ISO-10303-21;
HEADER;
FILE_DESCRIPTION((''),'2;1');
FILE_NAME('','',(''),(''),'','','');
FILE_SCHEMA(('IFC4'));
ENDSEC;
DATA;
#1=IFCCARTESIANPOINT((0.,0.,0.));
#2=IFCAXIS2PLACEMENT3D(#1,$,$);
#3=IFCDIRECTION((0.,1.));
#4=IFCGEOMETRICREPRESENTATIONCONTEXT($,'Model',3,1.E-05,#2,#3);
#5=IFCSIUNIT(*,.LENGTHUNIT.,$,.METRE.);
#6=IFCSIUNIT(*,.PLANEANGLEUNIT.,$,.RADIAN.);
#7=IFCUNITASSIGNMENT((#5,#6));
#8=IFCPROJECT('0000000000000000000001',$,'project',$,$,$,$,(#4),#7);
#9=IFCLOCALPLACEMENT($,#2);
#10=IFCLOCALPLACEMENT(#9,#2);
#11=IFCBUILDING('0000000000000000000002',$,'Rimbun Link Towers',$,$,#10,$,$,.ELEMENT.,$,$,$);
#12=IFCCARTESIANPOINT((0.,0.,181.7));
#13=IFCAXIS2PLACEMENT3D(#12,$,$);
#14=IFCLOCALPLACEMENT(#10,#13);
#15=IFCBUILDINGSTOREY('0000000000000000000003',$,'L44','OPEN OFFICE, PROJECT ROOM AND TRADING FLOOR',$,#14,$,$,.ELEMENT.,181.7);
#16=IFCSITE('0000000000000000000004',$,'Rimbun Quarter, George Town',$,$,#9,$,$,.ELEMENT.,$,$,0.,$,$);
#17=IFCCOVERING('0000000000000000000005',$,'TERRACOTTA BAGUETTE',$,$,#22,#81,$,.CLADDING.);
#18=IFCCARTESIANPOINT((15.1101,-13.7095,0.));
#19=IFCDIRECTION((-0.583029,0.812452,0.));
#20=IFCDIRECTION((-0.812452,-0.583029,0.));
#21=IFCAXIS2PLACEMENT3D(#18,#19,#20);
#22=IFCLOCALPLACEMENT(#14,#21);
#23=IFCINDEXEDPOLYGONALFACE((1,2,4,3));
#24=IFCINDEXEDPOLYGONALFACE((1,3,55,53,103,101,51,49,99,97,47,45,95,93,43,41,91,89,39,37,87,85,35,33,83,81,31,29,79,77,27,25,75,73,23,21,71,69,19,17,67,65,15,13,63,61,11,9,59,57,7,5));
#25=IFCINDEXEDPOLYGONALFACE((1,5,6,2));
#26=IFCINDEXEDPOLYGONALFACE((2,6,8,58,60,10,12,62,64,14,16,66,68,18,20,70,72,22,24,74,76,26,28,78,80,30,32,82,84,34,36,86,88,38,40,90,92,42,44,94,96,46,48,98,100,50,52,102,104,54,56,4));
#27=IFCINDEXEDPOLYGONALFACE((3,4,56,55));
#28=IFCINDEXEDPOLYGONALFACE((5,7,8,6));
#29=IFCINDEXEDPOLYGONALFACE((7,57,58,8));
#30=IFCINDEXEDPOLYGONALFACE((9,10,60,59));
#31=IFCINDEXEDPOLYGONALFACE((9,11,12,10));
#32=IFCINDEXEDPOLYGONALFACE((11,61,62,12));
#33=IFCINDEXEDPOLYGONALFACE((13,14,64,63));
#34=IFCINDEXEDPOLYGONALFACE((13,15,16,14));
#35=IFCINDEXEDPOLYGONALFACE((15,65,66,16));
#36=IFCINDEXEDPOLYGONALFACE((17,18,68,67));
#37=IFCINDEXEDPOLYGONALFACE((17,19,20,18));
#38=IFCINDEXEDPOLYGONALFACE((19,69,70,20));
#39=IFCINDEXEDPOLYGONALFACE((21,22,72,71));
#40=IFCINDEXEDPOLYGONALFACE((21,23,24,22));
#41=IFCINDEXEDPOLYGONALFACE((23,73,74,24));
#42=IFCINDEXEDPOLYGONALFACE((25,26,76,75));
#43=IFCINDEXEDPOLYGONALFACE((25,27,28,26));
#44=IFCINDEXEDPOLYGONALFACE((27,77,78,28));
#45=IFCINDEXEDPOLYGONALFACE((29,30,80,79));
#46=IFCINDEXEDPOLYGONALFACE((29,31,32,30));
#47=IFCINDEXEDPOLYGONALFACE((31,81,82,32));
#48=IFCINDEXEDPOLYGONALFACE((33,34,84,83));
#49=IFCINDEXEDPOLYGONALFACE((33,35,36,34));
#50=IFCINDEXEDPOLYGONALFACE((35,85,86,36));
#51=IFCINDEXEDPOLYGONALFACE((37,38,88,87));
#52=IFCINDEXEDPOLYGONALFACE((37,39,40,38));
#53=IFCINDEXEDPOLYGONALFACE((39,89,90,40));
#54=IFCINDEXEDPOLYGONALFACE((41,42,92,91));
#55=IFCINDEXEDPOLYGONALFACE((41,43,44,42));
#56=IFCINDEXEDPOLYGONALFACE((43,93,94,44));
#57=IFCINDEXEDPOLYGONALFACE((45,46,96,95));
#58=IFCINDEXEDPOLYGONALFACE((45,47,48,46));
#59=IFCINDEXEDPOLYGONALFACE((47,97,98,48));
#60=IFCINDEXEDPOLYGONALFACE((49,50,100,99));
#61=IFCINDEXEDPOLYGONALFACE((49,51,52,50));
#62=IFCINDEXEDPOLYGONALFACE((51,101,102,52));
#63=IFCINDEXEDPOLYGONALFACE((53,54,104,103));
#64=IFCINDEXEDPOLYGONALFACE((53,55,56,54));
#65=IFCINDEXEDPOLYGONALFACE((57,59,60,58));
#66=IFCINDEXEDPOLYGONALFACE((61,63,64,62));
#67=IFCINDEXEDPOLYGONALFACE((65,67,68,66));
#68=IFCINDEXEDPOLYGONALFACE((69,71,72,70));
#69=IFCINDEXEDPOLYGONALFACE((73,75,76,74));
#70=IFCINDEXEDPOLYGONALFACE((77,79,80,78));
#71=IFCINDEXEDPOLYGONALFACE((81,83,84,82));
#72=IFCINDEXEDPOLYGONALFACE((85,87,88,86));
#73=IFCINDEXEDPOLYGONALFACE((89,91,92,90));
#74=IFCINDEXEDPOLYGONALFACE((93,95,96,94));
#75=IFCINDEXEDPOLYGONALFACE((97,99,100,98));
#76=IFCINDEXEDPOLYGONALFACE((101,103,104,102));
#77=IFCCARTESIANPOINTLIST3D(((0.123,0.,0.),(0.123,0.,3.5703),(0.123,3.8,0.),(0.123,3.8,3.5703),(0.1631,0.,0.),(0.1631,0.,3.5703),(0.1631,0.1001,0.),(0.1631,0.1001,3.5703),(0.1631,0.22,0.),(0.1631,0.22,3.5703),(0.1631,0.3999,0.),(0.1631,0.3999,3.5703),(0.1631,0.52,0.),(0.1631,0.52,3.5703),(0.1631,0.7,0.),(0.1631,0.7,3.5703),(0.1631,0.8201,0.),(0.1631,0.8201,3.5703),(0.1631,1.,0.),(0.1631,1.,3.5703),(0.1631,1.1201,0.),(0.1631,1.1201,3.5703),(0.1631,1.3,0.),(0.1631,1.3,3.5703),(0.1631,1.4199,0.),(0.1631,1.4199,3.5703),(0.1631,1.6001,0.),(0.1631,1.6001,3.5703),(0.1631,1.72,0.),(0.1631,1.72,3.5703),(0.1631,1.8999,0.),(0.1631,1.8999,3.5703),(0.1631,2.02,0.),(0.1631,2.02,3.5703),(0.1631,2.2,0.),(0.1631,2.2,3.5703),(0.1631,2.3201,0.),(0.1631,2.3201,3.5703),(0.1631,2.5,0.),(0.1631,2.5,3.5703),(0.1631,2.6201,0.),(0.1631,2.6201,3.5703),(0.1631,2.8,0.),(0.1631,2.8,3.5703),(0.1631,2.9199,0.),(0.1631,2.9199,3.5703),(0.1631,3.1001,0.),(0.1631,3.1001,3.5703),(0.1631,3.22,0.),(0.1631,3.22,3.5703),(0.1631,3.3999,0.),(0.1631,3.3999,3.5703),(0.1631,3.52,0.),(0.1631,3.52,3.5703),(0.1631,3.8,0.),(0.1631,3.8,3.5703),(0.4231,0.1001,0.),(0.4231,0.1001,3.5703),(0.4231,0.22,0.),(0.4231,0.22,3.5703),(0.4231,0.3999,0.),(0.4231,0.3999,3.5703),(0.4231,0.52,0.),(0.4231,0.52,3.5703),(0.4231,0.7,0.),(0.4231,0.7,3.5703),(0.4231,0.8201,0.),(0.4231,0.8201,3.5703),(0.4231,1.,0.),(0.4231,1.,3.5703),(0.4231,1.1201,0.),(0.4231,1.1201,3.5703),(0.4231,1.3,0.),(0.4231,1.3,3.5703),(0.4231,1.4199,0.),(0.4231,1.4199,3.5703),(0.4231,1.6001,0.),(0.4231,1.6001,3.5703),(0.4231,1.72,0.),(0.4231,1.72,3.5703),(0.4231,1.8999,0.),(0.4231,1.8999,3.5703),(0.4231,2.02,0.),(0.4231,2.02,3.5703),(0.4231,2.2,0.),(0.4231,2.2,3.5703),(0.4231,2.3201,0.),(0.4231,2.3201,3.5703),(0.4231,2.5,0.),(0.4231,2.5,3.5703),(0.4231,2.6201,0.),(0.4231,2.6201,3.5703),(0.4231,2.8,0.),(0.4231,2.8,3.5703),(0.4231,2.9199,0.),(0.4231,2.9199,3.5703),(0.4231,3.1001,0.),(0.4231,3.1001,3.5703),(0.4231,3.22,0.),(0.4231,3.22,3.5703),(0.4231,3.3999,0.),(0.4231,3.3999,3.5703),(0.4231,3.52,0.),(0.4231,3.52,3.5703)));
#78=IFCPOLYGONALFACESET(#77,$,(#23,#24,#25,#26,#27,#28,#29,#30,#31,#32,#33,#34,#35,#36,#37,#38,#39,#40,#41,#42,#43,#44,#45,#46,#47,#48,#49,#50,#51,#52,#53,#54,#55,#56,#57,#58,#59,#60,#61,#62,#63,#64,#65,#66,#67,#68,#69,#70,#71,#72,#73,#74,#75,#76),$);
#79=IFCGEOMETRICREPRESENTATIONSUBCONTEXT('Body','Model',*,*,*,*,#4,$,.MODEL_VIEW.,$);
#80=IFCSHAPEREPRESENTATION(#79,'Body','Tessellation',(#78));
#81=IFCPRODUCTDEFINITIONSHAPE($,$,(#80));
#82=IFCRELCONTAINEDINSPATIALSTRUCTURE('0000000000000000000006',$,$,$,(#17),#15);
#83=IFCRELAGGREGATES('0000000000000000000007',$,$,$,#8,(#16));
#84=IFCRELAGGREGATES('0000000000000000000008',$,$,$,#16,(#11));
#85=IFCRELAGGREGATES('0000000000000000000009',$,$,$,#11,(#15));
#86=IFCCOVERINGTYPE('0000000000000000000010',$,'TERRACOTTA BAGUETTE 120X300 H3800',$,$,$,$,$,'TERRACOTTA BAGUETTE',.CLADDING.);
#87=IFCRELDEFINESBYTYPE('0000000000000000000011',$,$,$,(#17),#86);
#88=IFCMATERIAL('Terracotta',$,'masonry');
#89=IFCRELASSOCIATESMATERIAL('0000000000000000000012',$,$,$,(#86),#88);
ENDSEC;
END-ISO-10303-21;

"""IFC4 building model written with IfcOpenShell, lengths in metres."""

from ifc_helpers import new_model, si_unit, direction, frame, origin, place, context, subcontext, project, spatial, polyline, outline, extrude, material, material_profile, profile_set, type_object, element, save


model = new_model("IFC4")

# Units and contexts
model_context = context("Model", 3, precision=1e-05, world=origin(), true_north=direction((0.0, 1.0)))
body_context = subcontext(model_context, "Body", "Model", "MODEL_VIEW")
ifc_project = project(units=[si_unit("LENGTHUNIT", "METRE"), si_unit("PLANEANGLEUNIT", "RADIAN")], contexts=[model_context])

# Site, building, storey
site_placement = place(None, origin())
site = spatial("IfcSite", under=ifc_project, at=site_placement, Name="Rimbun Quarter, George Town", CompositionType="ELEMENT", RefElevation=0.0)
building_placement = place(site_placement, origin())
building = spatial("IfcBuilding", under=site, at=building_placement, Name="Rimbun Link Towers", CompositionType="ELEMENT")
storey_placement = place(building_placement, frame((0.0, 0.0, 181.7)))
storey = spatial("IfcBuildingStorey", under=building, at=storey_placement, Name="L44", Description="OPEN OFFICE, PROJECT ROOM AND TRADING FLOOR", CompositionType="ELEMENT", Elevation=181.7)

# Covering
ifc_material_1 = material(Name="Terracotta", Category="masonry")
ifc_material_profile_1 = material_profile(ifc_material_1, outline(polyline([(0.123, 0.0), (0.1631, 0.0), (0.1631, 0.1001), (0.4231, 0.1001), (0.4231, 0.22), (0.1631, 0.22), (0.1631, 0.3999), (0.4231, 0.3999), (0.4231, 0.52), (0.1631, 0.52), (0.1631, 0.7), (0.4231, 0.7), (0.4231, 0.8201), (0.1631, 0.8201), (0.1631, 1.0), (0.4231, 1.0), (0.4231, 1.1201), (0.1631, 1.1201), (0.1631, 1.3), (0.4231, 1.3), (0.4231, 1.4199), (0.1631, 1.4199), (0.1631, 1.6001), (0.4231, 1.6001), (0.4231, 1.72), (0.1631, 1.72), (0.1631, 1.8999), (0.4231, 1.8999), (0.4231, 2.02), (0.1631, 2.02), (0.1631, 2.2), (0.4231, 2.2), (0.4231, 2.3201), (0.1631, 2.3201), (0.1631, 2.5), (0.4231, 2.5), (0.4231, 2.6201), (0.1631, 2.6201), (0.1631, 2.8), (0.4231, 2.8), (0.4231, 2.9199), (0.1631, 2.9199), (0.1631, 3.1001), (0.4231, 3.1001), (0.4231, 3.22), (0.1631, 3.22), (0.1631, 3.3999), (0.4231, 3.3999), (0.4231, 3.52), (0.1631, 3.52), (0.1631, 3.8), (0.123, 3.8), (0.123, 0.0)])), Name="BAGUETTE 120X300")
ifc_profile_set_1 = profile_set([ifc_material_profile_1], Name="Terracotta")
covering_type = type_object("IfcCoveringType", Name="TERRACOTTA BAGUETTE 120X300 H3800", ElementType="TERRACOTTA BAGUETTE", PredefinedType="CLADDING", material=ifc_profile_set_1)
covering_placement = place(storey_placement, frame((15.1101, -13.7095, 0.0), z_axis=(-0.583029, 0.812452, 0.0), x_axis=(-0.812452, -0.583029, 0.0)))
element("IfcCovering", 1, at=covering_placement, inside=storey, type_object=covering_type, Name="TERRACOTTA BAGUETTE", PredefinedType="CLADDING", context=body_context, shape_type="SweptSolid", body=[
    extrude(outline(polyline([(0.123, 0.0), (0.1631, 0.0), (0.1631, 0.1001), (0.4231, 0.1001), (0.4231, 0.22), (0.1631, 0.22), (0.1631, 0.3999), (0.4231, 0.3999), (0.4231, 0.52), (0.1631, 0.52), (0.1631, 0.7), (0.4231, 0.7), (0.4231, 0.8201), (0.1631, 0.8201), (0.1631, 1.0), (0.4231, 1.0), (0.4231, 1.1201), (0.1631, 1.1201), (0.1631, 1.3), (0.4231, 1.3), (0.4231, 1.4199), (0.1631, 1.4199), (0.1631, 1.6001), (0.4231, 1.6001), (0.4231, 1.72), (0.1631, 1.72), (0.1631, 1.8999), (0.4231, 1.8999), (0.4231, 2.02), (0.1631, 2.02), (0.1631, 2.2), (0.4231, 2.2), (0.4231, 2.3201), (0.1631, 2.3201), (0.1631, 2.5), (0.4231, 2.5), (0.4231, 2.6201), (0.1631, 2.6201), (0.1631, 2.8), (0.4231, 2.8), (0.4231, 2.9199), (0.1631, 2.9199), (0.1631, 3.1001), (0.4231, 3.1001), (0.4231, 3.22), (0.1631, 3.22), (0.1631, 3.3999), (0.4231, 3.3999), (0.4231, 3.52), (0.1631, 3.52), (0.1631, 3.8), (0.123, 3.8), (0.123, 0.0)])), origin(), (0.0, 0.0, 1.0), 3.5703),
])

save(model, "model.ifc")
